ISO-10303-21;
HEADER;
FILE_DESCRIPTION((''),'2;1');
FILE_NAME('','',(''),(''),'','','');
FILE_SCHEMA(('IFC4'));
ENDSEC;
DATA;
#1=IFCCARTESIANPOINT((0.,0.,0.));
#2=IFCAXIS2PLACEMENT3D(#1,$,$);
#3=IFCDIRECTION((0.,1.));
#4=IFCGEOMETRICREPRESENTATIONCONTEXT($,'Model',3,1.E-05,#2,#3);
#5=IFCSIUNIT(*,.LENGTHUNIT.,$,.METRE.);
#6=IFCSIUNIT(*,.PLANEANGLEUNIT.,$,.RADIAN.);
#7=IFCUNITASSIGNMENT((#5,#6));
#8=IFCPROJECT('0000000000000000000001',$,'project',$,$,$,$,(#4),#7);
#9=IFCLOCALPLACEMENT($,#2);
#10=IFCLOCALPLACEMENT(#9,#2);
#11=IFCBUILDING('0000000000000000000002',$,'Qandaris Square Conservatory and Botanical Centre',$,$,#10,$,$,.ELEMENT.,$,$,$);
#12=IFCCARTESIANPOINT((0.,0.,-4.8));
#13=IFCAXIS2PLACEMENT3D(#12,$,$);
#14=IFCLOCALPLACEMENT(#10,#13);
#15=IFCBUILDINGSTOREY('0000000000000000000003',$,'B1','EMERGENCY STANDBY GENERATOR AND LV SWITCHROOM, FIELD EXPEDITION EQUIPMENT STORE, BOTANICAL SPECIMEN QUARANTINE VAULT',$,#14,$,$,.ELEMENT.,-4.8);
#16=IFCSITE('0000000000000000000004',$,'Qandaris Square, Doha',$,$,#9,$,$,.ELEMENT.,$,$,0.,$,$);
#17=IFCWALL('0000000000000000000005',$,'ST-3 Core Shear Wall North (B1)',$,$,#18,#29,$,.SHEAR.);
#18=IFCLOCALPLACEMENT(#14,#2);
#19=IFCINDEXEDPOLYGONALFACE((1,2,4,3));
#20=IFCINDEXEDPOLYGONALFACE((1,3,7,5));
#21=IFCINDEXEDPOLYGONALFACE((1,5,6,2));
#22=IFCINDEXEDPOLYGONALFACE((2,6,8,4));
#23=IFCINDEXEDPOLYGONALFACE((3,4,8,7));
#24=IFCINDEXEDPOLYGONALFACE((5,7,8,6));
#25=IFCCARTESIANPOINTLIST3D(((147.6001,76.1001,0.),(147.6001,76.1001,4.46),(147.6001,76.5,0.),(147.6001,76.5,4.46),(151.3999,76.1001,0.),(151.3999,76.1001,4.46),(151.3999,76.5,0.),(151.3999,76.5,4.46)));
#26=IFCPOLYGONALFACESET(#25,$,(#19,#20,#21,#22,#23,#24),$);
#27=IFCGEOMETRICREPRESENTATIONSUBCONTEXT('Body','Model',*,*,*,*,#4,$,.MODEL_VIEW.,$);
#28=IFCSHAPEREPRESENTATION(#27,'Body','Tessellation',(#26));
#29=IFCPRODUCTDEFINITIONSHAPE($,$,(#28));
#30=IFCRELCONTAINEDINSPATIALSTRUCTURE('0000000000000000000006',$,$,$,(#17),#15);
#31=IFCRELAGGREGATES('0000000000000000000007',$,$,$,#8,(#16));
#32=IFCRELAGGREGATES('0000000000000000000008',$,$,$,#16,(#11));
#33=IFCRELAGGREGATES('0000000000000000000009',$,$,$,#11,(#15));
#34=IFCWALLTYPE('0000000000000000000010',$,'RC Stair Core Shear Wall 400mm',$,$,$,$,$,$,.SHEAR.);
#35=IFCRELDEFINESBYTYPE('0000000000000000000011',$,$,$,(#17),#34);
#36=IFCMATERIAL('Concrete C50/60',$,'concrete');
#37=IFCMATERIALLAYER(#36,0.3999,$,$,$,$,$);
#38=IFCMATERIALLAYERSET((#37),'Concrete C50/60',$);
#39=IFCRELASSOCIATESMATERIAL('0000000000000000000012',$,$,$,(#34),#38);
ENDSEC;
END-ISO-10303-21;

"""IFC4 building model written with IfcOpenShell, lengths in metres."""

from ifc_helpers import new_model, si_unit, direction, frame, frame_2d, origin, place, context, subcontext, project, spatial, rectangle, extrude, material, layer, layer_set, type_object, element, save


model = new_model("IFC4")

# Units and contexts
model_context = context("Model", 3, precision=1e-05, world=origin(), true_north=direction((0.0, 1.0)))
body_context = subcontext(model_context, "Body", "Model", "MODEL_VIEW")
ifc_project = project(units=[si_unit("LENGTHUNIT", "METRE"), si_unit("PLANEANGLEUNIT", "RADIAN")], contexts=[model_context])

# Site, building, storey
site_placement = place(None, origin())
site = spatial("IfcSite", under=ifc_project, at=site_placement, Name="Qandaris Square, Doha", CompositionType="ELEMENT", RefElevation=0.0)
building_placement = place(site_placement, origin())
building = spatial("IfcBuilding", under=site, at=building_placement, Name="Qandaris Square Conservatory and Botanical Centre", CompositionType="ELEMENT")
storey_placement = place(building_placement, frame((0.0, 0.0, -4.8)))
storey = spatial("IfcBuildingStorey", under=building, at=storey_placement, Name="B1", Description="EMERGENCY STANDBY GENERATOR AND LV SWITCHROOM, FIELD EXPEDITION EQUIPMENT STORE, BOTANICAL SPECIMEN QUARANTINE VAULT", CompositionType="ELEMENT", Elevation=-4.8)

# Shared definitions
ifc_material_1 = material(Name="Concrete C50/60", Category="concrete")

# Wall
ifc_layer = layer(ifc_material_1, 0.3999)
ifc_layer_set = layer_set([ifc_layer], Name="Concrete C50/60")
wall_type = type_object("IfcWallType", Name="RC Stair Core Shear Wall 400mm", PredefinedType="SHEAR", material=ifc_layer_set)
wall_placement = place(storey_placement, frame((147.6001, 76.3, 0.0), z_axis=(0.0, 0.0, 1.0), x_axis=(1.0, 0.0, 0.0)))
element("IfcWall", 1, at=wall_placement, inside=storey, type_object=wall_type, Name="ST-3 Core Shear Wall North (B1)", PredefinedType="SHEAR", context=body_context, shape_type="SweptSolid", body=[
    extrude(rectangle(XDim=3.7998, YDim=0.3999, at=frame_2d((1.8999, 0.0))), origin(), (0.0, 0.0, 1.0), 4.46),
])

save(model, "model.ifc")
